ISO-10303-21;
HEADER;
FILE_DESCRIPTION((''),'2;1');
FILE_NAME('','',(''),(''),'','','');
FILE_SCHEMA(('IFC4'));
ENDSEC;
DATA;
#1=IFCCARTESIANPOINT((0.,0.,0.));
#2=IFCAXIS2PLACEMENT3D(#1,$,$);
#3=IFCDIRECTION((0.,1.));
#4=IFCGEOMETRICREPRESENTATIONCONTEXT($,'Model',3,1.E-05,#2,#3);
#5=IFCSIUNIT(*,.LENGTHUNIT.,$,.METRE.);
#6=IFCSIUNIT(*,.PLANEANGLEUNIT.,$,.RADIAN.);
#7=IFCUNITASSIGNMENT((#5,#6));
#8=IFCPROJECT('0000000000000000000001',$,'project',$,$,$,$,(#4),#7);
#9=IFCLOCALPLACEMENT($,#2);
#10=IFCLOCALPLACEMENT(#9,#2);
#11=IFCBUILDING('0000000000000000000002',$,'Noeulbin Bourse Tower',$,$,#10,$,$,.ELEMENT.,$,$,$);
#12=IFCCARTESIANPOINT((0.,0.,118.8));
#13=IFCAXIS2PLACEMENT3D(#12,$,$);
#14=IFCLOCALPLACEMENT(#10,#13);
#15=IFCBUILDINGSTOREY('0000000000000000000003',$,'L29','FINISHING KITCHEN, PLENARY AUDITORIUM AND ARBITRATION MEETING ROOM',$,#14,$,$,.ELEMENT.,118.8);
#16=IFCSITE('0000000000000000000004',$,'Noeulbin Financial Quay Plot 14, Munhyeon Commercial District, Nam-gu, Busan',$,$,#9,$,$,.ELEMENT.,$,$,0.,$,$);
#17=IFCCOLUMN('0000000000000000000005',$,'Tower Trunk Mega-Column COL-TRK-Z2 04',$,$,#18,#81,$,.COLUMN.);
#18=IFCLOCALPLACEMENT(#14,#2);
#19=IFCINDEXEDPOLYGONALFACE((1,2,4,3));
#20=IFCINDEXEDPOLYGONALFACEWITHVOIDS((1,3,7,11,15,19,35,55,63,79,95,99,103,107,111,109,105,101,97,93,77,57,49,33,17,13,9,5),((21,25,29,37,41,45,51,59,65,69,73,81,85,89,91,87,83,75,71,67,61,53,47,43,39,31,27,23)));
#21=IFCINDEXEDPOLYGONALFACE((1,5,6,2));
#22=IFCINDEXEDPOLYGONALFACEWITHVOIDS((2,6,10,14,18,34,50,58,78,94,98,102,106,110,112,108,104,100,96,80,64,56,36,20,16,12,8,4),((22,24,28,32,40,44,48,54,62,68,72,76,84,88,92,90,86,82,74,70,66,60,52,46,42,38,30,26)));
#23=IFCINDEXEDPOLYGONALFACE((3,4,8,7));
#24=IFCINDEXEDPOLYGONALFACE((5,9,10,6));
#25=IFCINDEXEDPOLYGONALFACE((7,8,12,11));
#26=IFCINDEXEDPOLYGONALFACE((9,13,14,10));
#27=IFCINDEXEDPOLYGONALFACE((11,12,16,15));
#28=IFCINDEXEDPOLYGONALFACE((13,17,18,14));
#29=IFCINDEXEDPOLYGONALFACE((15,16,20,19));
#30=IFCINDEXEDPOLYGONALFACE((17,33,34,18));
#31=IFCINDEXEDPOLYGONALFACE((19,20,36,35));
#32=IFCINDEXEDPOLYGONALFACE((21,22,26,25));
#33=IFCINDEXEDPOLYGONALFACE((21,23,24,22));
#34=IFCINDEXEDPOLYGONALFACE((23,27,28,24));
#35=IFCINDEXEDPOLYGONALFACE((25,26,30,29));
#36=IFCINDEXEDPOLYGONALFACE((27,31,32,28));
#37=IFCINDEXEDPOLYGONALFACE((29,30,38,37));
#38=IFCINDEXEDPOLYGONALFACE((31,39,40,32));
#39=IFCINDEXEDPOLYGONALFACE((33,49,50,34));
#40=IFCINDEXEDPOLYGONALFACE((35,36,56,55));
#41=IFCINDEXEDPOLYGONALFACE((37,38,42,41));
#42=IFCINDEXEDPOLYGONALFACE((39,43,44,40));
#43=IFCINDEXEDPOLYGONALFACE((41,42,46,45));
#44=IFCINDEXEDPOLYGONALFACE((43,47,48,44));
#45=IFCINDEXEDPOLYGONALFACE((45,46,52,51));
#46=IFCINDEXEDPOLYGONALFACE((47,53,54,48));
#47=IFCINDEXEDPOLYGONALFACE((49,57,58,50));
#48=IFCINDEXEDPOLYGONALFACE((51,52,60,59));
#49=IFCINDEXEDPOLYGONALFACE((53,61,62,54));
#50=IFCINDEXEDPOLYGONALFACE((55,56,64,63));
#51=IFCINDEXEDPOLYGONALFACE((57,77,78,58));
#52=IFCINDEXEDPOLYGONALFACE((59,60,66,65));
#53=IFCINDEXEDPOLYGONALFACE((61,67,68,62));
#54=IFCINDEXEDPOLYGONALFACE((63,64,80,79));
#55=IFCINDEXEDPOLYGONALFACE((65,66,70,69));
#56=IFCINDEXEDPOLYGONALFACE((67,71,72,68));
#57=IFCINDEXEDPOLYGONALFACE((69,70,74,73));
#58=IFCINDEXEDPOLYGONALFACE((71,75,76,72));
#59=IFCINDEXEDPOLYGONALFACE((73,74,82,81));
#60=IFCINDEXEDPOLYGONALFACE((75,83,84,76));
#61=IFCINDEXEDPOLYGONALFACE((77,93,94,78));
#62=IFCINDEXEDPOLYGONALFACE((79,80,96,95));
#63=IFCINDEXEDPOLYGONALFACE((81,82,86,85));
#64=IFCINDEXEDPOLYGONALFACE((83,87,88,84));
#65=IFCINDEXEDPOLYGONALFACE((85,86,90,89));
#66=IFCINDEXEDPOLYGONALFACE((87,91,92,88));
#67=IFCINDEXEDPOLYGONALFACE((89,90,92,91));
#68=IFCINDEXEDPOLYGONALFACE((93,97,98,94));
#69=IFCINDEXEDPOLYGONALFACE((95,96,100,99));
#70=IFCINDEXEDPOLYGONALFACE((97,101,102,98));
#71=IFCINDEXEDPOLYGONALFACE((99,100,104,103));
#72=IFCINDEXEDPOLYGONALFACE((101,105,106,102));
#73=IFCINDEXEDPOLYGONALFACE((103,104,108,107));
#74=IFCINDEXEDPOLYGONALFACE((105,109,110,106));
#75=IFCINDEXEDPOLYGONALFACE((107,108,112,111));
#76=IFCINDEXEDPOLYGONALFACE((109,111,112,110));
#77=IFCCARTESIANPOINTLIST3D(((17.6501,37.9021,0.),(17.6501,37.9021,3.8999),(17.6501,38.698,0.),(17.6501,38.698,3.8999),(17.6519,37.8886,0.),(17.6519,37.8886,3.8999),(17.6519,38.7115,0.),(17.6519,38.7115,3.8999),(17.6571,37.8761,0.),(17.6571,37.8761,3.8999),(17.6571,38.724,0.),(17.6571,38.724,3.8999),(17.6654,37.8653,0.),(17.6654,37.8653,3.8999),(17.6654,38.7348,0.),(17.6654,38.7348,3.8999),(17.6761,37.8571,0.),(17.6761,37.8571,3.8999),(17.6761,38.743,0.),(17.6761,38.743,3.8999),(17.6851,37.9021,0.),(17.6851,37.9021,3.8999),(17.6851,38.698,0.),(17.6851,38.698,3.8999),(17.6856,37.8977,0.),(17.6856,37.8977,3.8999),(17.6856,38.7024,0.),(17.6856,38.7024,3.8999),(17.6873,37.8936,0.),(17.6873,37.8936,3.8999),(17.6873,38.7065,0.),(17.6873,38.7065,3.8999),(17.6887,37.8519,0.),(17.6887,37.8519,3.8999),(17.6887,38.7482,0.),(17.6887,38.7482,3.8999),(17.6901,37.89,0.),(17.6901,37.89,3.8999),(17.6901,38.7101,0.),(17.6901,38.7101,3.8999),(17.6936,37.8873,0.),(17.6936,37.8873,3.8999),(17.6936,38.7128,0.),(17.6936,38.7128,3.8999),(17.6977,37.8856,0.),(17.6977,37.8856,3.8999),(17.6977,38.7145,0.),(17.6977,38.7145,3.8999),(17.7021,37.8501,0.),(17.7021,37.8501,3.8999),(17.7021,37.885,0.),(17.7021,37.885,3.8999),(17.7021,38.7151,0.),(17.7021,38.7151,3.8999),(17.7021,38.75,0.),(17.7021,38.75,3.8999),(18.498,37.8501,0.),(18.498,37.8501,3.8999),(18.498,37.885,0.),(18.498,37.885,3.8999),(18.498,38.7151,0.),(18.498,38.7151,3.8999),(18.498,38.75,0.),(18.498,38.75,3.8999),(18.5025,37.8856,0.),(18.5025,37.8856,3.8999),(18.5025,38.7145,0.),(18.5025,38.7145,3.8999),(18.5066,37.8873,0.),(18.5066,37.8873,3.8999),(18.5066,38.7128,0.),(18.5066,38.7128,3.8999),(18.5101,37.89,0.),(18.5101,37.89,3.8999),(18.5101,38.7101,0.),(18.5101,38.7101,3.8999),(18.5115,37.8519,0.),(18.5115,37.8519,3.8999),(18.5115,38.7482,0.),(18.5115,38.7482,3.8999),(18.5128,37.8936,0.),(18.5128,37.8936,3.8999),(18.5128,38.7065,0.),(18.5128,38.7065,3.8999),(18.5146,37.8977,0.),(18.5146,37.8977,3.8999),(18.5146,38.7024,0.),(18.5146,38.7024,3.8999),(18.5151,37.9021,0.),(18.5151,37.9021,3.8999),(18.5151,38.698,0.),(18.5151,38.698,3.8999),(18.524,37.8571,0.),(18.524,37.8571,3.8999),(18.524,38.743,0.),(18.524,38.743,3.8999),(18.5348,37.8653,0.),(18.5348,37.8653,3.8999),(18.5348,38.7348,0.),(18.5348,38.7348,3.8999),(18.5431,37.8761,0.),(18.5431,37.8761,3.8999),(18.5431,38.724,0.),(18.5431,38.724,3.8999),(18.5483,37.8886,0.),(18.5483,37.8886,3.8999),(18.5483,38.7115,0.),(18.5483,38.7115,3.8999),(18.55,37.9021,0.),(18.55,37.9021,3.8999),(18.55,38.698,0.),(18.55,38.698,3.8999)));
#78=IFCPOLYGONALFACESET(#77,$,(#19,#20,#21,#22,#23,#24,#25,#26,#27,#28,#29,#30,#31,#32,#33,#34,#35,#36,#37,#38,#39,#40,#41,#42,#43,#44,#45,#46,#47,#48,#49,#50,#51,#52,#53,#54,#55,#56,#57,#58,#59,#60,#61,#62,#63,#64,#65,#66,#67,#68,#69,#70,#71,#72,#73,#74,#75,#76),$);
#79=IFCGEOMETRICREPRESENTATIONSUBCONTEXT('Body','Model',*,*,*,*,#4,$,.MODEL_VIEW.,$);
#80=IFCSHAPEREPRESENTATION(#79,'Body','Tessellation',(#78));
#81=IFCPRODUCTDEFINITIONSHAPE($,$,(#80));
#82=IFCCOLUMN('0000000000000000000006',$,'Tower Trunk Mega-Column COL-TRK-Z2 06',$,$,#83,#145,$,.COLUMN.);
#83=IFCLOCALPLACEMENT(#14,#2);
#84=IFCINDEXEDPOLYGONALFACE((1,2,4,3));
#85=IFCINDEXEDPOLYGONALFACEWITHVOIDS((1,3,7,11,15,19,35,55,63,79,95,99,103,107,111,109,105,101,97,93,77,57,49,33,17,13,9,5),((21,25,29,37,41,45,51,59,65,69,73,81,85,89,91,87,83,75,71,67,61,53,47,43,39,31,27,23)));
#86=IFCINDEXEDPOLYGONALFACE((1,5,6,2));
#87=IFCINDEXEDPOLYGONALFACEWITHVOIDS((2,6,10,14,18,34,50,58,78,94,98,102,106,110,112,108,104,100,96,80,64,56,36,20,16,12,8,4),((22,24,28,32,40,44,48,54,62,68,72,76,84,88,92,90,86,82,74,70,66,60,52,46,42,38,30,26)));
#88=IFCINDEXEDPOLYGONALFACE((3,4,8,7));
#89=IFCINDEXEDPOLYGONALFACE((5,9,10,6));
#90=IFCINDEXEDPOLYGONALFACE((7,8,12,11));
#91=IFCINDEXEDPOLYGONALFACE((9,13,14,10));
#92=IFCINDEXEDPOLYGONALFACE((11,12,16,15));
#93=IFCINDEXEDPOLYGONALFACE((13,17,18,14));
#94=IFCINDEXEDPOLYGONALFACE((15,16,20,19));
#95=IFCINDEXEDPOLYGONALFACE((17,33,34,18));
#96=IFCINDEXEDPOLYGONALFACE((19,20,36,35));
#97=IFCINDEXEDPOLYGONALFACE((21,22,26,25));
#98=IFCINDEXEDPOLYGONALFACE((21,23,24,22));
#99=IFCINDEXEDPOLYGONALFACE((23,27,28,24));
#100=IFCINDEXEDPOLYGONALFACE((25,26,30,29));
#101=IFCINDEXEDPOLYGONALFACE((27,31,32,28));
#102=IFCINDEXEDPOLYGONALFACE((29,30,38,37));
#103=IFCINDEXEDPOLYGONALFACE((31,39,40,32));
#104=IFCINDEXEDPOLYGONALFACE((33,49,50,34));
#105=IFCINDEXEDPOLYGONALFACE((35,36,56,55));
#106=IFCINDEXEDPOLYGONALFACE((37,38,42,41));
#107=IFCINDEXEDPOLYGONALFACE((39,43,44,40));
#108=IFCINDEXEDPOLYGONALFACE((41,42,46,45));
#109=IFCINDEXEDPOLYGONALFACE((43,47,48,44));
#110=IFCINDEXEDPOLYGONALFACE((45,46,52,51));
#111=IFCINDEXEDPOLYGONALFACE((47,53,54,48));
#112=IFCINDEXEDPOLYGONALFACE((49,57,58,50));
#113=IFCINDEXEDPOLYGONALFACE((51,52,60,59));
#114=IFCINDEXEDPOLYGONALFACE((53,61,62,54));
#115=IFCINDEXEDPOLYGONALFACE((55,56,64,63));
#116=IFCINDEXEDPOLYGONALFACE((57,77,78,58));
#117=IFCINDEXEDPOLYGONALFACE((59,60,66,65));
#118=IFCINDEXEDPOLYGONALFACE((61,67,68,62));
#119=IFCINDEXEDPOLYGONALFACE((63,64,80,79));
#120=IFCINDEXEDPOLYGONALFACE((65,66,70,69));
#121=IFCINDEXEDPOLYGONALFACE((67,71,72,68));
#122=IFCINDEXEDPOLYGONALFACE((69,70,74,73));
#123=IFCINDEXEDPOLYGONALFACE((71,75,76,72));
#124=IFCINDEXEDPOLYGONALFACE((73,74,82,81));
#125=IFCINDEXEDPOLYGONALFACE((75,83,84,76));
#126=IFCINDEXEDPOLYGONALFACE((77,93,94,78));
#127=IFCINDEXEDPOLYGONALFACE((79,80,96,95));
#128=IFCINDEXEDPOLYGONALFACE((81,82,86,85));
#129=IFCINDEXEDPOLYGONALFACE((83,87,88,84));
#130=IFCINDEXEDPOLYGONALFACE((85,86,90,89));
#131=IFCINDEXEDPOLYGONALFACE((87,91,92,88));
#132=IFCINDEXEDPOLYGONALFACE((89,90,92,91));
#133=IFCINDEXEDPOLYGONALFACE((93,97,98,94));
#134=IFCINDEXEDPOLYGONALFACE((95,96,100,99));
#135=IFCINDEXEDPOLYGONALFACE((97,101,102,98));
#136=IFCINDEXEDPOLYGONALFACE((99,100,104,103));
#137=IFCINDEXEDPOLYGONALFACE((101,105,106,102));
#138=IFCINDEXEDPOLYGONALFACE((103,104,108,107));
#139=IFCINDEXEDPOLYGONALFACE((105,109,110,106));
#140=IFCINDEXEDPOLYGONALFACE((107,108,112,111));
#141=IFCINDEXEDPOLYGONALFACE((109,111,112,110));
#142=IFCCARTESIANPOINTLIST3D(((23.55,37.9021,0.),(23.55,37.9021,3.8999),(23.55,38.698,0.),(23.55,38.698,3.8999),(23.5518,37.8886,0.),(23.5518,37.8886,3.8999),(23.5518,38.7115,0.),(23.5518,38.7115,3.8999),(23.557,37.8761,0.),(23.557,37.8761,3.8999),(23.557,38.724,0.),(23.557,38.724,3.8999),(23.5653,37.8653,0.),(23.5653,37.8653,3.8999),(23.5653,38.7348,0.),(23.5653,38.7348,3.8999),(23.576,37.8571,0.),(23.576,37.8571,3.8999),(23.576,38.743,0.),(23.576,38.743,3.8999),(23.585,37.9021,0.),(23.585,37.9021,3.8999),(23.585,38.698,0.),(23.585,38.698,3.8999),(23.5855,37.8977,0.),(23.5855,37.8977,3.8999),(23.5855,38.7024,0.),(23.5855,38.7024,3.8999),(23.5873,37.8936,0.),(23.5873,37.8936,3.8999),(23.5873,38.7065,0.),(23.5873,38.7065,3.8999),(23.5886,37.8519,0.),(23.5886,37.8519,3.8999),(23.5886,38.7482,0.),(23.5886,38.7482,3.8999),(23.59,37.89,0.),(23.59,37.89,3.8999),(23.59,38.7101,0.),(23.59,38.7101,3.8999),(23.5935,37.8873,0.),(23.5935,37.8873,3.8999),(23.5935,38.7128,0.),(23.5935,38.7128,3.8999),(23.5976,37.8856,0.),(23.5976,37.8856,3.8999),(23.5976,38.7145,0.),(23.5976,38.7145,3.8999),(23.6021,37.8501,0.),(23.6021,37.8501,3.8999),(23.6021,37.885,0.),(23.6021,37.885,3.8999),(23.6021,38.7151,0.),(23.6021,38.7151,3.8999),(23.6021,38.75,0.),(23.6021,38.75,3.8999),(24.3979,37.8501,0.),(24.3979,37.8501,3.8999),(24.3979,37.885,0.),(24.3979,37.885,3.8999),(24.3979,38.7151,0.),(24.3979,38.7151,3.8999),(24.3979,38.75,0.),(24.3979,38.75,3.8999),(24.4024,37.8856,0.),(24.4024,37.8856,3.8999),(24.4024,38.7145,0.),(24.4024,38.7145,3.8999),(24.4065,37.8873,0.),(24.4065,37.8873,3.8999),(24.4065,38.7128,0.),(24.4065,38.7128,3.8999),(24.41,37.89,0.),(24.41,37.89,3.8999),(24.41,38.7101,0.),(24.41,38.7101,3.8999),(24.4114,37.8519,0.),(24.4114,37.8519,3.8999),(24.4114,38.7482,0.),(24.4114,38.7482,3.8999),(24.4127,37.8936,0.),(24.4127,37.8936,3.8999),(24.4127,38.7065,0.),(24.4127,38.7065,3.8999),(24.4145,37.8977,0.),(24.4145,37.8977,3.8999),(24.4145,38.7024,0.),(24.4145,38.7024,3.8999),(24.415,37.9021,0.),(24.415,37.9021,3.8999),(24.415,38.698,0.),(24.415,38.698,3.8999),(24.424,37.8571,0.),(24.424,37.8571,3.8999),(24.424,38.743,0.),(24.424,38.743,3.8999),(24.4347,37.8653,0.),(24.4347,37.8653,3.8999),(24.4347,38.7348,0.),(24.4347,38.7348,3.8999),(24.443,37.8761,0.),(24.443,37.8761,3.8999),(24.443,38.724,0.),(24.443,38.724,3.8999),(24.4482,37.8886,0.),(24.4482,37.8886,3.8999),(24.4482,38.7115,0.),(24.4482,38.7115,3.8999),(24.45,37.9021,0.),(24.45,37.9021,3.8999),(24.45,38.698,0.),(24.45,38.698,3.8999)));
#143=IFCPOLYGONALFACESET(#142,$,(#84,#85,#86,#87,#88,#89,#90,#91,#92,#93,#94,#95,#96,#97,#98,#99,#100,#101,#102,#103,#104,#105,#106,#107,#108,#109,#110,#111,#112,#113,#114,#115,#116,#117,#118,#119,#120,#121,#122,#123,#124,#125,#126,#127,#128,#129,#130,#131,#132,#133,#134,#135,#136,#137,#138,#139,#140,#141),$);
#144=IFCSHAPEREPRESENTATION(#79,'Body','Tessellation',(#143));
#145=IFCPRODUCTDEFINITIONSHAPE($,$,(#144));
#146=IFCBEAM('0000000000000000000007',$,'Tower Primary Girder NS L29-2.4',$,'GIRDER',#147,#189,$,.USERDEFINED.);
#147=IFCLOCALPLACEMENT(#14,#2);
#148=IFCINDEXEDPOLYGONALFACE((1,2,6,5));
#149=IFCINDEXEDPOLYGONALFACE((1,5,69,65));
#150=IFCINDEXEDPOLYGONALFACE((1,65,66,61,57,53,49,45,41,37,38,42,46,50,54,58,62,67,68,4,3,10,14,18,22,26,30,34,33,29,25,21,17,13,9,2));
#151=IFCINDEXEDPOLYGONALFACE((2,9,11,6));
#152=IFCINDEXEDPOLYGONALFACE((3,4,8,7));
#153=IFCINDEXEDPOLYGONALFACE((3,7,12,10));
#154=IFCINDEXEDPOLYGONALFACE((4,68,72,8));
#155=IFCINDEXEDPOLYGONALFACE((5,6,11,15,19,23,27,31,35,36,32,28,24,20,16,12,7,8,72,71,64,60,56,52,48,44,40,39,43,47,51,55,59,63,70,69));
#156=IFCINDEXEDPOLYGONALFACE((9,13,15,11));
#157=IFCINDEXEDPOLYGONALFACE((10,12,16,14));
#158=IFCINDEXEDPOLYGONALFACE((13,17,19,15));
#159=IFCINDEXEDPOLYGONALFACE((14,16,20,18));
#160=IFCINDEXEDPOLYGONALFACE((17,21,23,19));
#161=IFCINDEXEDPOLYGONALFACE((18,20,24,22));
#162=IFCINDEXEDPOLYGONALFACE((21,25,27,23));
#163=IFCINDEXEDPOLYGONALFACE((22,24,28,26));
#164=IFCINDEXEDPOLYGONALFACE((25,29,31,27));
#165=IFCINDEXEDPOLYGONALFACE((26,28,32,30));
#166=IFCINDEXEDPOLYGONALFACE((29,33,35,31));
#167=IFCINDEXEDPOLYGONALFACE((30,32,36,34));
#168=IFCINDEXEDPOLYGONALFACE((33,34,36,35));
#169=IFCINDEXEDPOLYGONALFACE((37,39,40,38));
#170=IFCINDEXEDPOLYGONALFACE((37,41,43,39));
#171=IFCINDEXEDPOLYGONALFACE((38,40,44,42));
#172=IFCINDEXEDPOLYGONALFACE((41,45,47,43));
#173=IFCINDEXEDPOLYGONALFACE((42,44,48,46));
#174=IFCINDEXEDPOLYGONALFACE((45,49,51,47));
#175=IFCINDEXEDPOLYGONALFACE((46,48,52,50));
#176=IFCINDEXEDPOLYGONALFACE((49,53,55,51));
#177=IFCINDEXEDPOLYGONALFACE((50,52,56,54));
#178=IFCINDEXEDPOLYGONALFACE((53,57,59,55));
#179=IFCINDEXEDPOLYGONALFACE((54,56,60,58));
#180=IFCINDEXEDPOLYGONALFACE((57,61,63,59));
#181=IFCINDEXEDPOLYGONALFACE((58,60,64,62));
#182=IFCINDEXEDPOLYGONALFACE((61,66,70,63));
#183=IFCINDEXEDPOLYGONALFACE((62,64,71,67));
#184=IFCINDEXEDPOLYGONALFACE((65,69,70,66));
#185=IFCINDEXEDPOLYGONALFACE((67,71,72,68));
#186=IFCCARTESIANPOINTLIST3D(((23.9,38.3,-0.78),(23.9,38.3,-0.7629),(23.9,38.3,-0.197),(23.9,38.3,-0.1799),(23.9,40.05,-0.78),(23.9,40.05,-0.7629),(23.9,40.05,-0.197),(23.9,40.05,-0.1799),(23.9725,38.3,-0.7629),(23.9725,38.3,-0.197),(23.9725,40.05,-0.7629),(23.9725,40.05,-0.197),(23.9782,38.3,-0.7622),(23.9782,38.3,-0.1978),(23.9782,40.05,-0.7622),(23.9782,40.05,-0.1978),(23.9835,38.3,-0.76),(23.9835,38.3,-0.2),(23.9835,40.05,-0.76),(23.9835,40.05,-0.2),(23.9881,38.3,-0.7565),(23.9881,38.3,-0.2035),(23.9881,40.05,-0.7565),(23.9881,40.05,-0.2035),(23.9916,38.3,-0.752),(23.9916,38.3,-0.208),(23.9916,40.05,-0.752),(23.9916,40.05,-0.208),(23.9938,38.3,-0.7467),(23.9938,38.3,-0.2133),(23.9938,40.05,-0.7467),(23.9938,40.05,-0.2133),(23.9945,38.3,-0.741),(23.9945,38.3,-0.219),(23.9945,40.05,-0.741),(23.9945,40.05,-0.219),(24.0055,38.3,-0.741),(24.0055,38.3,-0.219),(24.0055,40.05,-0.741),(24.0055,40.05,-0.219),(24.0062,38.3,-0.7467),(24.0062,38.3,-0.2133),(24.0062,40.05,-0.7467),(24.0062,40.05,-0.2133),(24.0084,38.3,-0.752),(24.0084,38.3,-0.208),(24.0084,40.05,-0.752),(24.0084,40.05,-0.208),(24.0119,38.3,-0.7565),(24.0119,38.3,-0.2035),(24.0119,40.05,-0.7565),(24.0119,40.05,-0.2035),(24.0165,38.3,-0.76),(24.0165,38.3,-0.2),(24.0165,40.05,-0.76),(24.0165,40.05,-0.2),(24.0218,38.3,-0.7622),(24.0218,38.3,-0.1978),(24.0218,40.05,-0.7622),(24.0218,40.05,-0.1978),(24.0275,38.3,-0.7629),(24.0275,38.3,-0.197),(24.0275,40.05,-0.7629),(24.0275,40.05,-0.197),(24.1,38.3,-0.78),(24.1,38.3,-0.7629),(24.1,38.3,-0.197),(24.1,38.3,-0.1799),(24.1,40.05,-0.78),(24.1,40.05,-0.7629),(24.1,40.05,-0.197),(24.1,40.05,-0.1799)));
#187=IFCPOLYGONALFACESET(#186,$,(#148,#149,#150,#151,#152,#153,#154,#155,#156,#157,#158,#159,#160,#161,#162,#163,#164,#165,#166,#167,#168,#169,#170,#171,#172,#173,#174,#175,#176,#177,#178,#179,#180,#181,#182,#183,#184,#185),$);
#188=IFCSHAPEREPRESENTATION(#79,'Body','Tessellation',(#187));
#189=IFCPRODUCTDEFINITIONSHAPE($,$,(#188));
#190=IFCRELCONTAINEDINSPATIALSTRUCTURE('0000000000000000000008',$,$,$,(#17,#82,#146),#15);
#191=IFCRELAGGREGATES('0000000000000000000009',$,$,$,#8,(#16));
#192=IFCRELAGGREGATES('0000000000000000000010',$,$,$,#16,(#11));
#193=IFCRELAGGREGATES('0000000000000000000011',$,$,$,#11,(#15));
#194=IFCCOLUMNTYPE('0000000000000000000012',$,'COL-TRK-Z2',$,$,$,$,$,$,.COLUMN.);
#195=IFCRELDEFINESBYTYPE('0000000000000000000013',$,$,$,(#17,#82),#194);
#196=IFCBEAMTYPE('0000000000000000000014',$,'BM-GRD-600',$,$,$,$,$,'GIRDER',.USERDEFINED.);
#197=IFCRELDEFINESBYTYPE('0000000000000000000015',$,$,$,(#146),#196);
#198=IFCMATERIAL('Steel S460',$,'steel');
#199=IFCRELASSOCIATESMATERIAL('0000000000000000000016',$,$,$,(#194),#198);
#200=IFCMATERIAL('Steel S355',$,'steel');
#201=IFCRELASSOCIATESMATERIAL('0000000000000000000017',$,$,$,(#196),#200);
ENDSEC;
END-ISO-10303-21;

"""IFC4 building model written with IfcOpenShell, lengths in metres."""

from ifc_helpers import new_model, si_unit, direction, frame, origin, origin_2d, place, context, subcontext, project, spatial, hollow_rectangle, i_section, extrude, material, material_profile, profile_set, type_object, element, save


model = new_model("IFC4")

# Units and contexts
model_context = context("Model", 3, precision=1e-05, world=origin(), true_north=direction((0.0, 1.0)))
body_context = subcontext(model_context, "Body", "Model", "MODEL_VIEW")
ifc_project = project(units=[si_unit("LENGTHUNIT", "METRE"), si_unit("PLANEANGLEUNIT", "RADIAN")], contexts=[model_context])

# Site, building, storey
site_placement = place(None, origin())
site = spatial("IfcSite", under=ifc_project, at=site_placement, Name="Noeulbin Financial Quay Plot 14, Munhyeon Commercial District, Nam-gu, Busan", CompositionType="ELEMENT", RefElevation=0.0)
building_placement = place(site_placement, origin())
building = spatial("IfcBuilding", under=site, at=building_placement, Name="Noeulbin Bourse Tower", CompositionType="ELEMENT")
storey_placement = place(building_placement, frame((0.0, 0.0, 118.8)))
storey = spatial("IfcBuildingStorey", under=building, at=storey_placement, Name="L29", Description="FINISHING KITCHEN, PLENARY AUDITORIUM AND ARBITRATION MEETING ROOM", CompositionType="ELEMENT", Elevation=118.8)

# Columns
ifc_material_1 = material(Name="Steel S460", Category="steel")
ifc_material_profile_1 = material_profile(ifc_material_1, hollow_rectangle(XDim=0.8999, YDim=0.8999, WallThickness=0.0349, InnerFilletRadius=0.0171, OuterFilletRadius=0.052, at=origin_2d()), Name="BOX-900x900x35", Category="LoadBearing")
ifc_profile_set_1 = profile_set([ifc_material_profile_1], Name="Steel S460")
column_type = type_object("IfcColumnType", Name="COL-TRK-Z2", PredefinedType="COLUMN", material=ifc_profile_set_1)
for number, where, z_axis, x_axis, name in (
    (1, (18.1001, 38.3, 0.0), (0.0, 0.0, 1.0), (1.0, 0.0, 0.0), "Tower Trunk Mega-Column COL-TRK-Z2 04"),
    (2, (24.0, 38.3, 0.0), (0.0, 0.0, 1.0), (1.0, 0.0, 0.0), "Tower Trunk Mega-Column COL-TRK-Z2 06"),
):
    element("IfcColumn", number, at=place(storey_placement, frame(where, z_axis=z_axis, x_axis=x_axis)), inside=storey, type_object=column_type, Name=name, PredefinedType="COLUMN", context=body_context, shape_type="SweptSolid", body=[
        extrude(hollow_rectangle(XDim=0.8999, YDim=0.8999, WallThickness=0.0349, InnerFilletRadius=0.0171, OuterFilletRadius=0.052, at=origin_2d()), origin(), (0.0, 0.0, 1.0), 3.8999),
    ])

# Beam
ifc_material_2 = material(Name="Steel S355", Category="steel")
ifc_material_profile_2 = material_profile(ifc_material_2, i_section(OverallWidth=0.2, OverallDepth=0.6001, WebThickness=0.011, FlangeThickness=0.0171, FilletRadius=0.022, at=origin_2d()), Name="H-600x200x11x17", Category="LoadBearing")
ifc_profile_set_2 = profile_set([ifc_material_profile_2], Name="Steel S355")
beam_type = type_object("IfcBeamType", Name="BM-GRD-600", ElementType="GIRDER", PredefinedType="USERDEFINED", material=ifc_profile_set_2)
beam_placement = place(storey_placement, frame((24.0, 38.3, -0.48), z_axis=(0.0, 1.0, 0.0), x_axis=(-1.0, 0.0, 0.0)))
element("IfcBeam", 3, at=beam_placement, inside=storey, type_object=beam_type, Name="Tower Primary Girder NS L29-2.4", ObjectType="GIRDER", PredefinedType="USERDEFINED", context=body_context, shape_type="SweptSolid", body=[
    extrude(i_section(OverallWidth=0.2, OverallDepth=0.6001, WebThickness=0.011, FlangeThickness=0.0171, FilletRadius=0.022, at=origin_2d()), origin(), (0.0, 0.0, 1.0), 1.75),
])

save(model, "model.ifc")
